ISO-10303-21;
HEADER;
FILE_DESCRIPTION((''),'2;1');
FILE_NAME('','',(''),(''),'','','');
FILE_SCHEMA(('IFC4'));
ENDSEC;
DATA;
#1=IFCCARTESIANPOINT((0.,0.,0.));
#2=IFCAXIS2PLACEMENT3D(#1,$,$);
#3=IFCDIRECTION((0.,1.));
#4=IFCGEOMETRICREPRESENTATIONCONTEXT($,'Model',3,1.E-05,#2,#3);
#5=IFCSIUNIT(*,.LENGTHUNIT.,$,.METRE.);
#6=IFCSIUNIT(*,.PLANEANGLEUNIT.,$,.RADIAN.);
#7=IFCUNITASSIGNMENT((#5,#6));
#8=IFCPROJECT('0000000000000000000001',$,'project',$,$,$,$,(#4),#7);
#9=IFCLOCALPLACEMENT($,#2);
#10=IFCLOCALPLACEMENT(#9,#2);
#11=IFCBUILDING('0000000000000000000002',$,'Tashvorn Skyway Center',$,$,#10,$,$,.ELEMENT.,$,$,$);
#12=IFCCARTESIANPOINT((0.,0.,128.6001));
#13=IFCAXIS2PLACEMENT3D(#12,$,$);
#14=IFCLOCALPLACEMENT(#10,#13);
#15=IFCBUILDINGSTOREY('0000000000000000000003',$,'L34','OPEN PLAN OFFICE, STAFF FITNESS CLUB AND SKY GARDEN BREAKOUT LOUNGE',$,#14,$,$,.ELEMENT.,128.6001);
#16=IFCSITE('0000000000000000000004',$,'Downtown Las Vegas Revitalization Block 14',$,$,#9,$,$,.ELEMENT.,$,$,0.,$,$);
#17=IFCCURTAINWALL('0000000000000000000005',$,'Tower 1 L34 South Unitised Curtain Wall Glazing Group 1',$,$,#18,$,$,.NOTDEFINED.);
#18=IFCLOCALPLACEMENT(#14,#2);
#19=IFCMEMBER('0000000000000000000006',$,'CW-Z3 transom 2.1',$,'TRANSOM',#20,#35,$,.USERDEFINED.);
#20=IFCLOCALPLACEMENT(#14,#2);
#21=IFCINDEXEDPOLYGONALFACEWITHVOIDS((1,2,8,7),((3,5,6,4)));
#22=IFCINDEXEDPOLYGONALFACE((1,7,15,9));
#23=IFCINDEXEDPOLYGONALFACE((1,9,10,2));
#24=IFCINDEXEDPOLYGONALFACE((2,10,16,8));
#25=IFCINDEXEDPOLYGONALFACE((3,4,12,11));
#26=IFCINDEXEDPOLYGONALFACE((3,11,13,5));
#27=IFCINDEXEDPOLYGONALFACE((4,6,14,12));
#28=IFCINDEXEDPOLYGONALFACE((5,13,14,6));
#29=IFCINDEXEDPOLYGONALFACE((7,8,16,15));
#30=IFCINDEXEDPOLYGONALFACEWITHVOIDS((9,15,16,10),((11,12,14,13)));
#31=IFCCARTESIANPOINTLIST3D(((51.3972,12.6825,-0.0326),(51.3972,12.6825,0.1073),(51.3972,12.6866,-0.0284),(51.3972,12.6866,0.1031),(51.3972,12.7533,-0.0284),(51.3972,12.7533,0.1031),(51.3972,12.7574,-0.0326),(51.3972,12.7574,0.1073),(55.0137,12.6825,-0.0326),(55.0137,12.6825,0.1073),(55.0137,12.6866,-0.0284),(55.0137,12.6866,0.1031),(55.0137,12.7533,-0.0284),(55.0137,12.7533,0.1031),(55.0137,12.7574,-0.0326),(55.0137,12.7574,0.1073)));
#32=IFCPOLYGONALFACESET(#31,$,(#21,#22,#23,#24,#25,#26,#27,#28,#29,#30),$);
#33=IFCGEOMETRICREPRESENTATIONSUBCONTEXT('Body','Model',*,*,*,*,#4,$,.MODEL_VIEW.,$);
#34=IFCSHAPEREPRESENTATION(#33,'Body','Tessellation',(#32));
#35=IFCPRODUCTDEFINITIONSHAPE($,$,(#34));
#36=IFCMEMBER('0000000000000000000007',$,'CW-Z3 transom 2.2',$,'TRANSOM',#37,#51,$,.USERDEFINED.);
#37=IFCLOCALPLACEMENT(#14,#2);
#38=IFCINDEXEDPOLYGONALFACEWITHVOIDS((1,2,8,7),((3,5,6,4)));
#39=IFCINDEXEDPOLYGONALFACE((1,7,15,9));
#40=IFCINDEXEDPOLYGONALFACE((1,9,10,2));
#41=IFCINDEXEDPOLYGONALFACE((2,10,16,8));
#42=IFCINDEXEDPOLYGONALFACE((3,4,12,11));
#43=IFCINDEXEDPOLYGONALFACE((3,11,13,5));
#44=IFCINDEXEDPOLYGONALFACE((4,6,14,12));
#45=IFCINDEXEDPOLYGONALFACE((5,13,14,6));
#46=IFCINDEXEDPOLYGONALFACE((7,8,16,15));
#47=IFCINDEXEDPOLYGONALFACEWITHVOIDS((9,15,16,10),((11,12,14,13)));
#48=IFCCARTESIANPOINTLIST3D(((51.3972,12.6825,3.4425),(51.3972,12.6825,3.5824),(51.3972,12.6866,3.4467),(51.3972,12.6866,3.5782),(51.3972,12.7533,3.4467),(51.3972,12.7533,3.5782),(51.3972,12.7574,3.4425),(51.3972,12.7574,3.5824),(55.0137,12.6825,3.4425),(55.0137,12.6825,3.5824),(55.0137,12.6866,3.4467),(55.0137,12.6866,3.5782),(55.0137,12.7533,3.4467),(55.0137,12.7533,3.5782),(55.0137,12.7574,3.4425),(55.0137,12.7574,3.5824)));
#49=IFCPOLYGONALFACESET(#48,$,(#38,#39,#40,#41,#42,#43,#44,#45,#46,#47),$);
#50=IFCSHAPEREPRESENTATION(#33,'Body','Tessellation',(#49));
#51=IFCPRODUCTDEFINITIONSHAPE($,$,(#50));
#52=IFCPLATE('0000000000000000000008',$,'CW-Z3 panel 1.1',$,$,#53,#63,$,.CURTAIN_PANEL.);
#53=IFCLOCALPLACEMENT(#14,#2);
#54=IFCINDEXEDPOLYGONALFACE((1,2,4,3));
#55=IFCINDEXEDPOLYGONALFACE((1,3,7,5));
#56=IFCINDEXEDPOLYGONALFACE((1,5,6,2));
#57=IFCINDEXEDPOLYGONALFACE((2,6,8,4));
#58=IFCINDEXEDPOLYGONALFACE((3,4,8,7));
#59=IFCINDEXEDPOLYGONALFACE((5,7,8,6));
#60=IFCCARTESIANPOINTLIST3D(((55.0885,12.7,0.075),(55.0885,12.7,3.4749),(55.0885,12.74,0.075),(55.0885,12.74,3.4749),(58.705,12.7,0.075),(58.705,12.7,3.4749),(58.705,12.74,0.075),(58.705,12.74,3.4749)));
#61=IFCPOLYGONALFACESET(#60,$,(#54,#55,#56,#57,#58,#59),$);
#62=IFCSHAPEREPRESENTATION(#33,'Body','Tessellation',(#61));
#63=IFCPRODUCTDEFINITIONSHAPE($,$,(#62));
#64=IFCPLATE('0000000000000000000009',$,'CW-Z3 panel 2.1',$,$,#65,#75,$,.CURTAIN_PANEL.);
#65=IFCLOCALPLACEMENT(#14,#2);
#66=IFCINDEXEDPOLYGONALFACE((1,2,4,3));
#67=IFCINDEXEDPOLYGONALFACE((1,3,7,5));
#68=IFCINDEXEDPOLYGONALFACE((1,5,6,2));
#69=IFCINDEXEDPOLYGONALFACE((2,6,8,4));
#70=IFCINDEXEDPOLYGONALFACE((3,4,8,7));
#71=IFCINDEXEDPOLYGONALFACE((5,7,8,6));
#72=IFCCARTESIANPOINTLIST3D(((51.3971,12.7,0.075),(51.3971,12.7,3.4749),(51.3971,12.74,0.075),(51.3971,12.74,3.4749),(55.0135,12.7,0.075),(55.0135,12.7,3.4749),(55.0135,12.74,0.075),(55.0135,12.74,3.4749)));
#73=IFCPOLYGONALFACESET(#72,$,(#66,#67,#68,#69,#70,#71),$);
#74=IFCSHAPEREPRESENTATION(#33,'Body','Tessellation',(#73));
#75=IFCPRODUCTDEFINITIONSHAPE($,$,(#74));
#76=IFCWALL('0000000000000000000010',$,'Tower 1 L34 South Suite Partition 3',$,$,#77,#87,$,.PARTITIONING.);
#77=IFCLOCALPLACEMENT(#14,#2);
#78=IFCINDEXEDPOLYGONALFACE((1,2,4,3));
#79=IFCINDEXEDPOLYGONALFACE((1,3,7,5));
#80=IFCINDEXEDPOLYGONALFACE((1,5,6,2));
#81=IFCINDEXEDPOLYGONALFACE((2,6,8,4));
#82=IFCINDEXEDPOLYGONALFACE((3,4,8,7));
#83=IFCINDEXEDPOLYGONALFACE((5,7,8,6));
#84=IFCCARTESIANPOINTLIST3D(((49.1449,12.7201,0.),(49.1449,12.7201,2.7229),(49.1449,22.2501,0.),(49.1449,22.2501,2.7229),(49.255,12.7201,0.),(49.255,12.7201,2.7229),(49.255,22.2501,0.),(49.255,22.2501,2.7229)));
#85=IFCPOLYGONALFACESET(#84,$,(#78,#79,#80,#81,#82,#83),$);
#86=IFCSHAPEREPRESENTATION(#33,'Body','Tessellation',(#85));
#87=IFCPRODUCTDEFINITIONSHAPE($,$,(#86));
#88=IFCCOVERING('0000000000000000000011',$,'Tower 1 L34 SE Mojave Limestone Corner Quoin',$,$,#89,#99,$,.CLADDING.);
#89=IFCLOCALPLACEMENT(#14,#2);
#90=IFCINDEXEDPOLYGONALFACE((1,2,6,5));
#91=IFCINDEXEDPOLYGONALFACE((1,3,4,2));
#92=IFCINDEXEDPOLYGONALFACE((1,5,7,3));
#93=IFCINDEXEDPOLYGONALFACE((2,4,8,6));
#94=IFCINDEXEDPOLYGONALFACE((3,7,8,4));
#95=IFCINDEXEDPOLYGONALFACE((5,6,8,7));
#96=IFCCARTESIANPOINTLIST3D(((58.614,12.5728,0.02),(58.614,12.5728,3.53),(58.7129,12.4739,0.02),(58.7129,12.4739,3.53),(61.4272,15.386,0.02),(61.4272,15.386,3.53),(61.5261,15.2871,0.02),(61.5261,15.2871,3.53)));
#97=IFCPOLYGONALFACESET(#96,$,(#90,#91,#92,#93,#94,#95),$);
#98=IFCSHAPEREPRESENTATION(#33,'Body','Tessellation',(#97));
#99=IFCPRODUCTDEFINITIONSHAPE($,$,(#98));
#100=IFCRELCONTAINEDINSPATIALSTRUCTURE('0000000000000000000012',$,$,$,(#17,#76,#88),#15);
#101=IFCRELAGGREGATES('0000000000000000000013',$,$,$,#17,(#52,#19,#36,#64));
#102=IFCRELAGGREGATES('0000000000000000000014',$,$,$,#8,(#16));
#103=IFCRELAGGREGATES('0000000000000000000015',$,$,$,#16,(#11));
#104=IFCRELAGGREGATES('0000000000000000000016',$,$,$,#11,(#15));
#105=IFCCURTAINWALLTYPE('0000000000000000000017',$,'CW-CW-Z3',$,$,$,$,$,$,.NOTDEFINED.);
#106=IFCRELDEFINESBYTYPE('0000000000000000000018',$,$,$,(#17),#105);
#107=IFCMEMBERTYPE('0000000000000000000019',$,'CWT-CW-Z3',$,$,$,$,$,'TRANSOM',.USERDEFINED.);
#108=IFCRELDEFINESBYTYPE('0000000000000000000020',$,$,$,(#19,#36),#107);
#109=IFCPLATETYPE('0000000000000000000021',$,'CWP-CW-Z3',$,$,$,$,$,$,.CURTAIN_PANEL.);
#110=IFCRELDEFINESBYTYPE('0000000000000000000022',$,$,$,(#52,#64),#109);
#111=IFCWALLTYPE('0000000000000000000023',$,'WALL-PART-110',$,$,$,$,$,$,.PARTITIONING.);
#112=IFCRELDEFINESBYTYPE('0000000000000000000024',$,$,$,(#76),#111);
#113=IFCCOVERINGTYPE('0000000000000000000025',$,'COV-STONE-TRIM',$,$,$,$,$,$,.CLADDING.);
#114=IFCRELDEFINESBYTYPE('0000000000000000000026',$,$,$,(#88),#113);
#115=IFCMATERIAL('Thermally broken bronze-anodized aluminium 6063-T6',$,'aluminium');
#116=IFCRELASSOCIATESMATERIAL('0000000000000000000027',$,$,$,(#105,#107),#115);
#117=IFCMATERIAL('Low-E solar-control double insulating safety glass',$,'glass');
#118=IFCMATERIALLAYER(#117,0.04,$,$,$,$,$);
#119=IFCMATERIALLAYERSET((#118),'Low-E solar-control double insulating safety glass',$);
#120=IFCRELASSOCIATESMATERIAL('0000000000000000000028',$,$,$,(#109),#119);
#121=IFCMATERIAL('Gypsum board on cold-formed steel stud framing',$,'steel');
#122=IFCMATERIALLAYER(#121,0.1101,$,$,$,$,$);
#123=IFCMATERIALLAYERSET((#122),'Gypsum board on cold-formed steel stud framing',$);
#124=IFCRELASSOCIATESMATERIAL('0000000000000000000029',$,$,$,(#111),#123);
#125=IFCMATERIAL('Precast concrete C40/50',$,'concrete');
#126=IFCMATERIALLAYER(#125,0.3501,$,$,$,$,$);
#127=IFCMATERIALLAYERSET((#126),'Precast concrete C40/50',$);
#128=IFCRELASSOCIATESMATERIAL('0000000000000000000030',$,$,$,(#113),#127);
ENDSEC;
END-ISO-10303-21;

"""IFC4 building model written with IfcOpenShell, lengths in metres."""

from ifc_helpers import new_model, si_unit, direction, frame, frame_2d, origin, origin_2d, place, context, subcontext, project, spatial, rectangle, hollow_rectangle, extrude, material, layer, layer_set, material_profile, profile_set, type_object, element, aggregate, save


model = new_model("IFC4")

# Units and contexts
model_context = context("Model", 3, precision=1e-05, world=origin(), true_north=direction((0.0, 1.0)))
body_context = subcontext(model_context, "Body", "Model", "MODEL_VIEW")
ifc_project = project(units=[si_unit("LENGTHUNIT", "METRE"), si_unit("PLANEANGLEUNIT", "RADIAN")], contexts=[model_context])

# Site, building, storey
site_placement = place(None, origin())
site = spatial("IfcSite", under=ifc_project, at=site_placement, Name="Downtown Las Vegas Revitalization Block 14", CompositionType="ELEMENT", RefElevation=0.0)
building_placement = place(site_placement, origin())
building = spatial("IfcBuilding", under=site, at=building_placement, Name="Tashvorn Skyway Center", CompositionType="ELEMENT")
storey_placement = place(building_placement, frame((0.0, 0.0, 128.6001)))
storey = spatial("IfcBuildingStorey", under=building, at=storey_placement, Name="L34", Description="OPEN PLAN OFFICE, STAFF FITNESS CLUB AND SKY GARDEN BREAKOUT LOUNGE", CompositionType="ELEMENT", Elevation=128.6001)

# Curtain wall
ifc_material_1 = material(Name="Thermally broken bronze-anodized aluminium 6063-T6", Category="aluminium")
curtain_wall_type = type_object("IfcCurtainWallType", Name="CW-CW-Z3", PredefinedType="NOTDEFINED", material=ifc_material_1)
curtain_wall_1_placement = place(storey_placement, origin())
curtain_wall_1 = element("IfcCurtainWall", 1, at=curtain_wall_1_placement, inside=storey, type_object=curtain_wall_type, Name="Tower 1 L34 South Unitised Curtain Wall Glazing Group 1", PredefinedType="NOTDEFINED")

# Members
ifc_material_profile_1 = material_profile(ifc_material_1, hollow_rectangle(XDim=0.075, YDim=0.1399, WallThickness=0.0042, at=origin_2d()), Name="ALU-TRAN-75x140")
ifc_profile_set_1 = profile_set([ifc_material_profile_1], Name="Thermally broken bronze-anodized aluminium 6063-T6")
member_type_1 = type_object("IfcMemberType", Name="CWT-CW-Z3", ElementType="TRANSOM", PredefinedType="USERDEFINED", material=ifc_profile_set_1)
member_1_placement = place(storey_placement, frame((55.0137, 12.72, 0.0374), z_axis=(-1.0, 0.0, 0.0), x_axis=(0.0, -1.0, 0.0)))
member_1 = element("IfcMember", 2, at=member_1_placement, type_object=member_type_1, Name="CW-Z3 transom 2.1", ObjectType="TRANSOM", PredefinedType="USERDEFINED", context=body_context, shape_type="SweptSolid", body=[
    extrude(hollow_rectangle(XDim=0.075, YDim=0.1399, WallThickness=0.0042, at=origin_2d()), origin(), (0.0, 0.0, 1.0), 3.6165),
])
member_2_placement = place(storey_placement, frame((55.0137, 12.72, 3.5125), z_axis=(-1.0, 0.0, 0.0), x_axis=(0.0, -1.0, 0.0)))
member_2 = element("IfcMember", 3, at=member_2_placement, type_object=member_type_1, Name="CW-Z3 transom 2.2", ObjectType="TRANSOM", PredefinedType="USERDEFINED", context=body_context, shape_type="SweptSolid", body=[
    extrude(hollow_rectangle(XDim=0.075, YDim=0.1399, WallThickness=0.0042, at=origin_2d()), origin(), (0.0, 0.0, 1.0), 3.6165),
])

# Plates
ifc_material_2 = material(Name="Low-E solar-control double insulating safety glass", Category="glass")
ifc_layer_1 = layer(ifc_material_2, 0.04)
ifc_layer_set_1 = layer_set([ifc_layer_1], Name="Low-E solar-control double insulating safety glass")
plate_type = type_object("IfcPlateType", Name="CWP-CW-Z3", PredefinedType="CURTAIN_PANEL", material=ifc_layer_set_1)
plate_1_placement = place(storey_placement, frame((56.8967, 12.72, 0.075), z_axis=(0.0, 0.0, 1.0), x_axis=(-1.0, 0.0, 0.0)))
plate_1 = element("IfcPlate", 4, at=plate_1_placement, type_object=plate_type, Name="CW-Z3 panel 1.1", PredefinedType="CURTAIN_PANEL", context=body_context, shape_type="SweptSolid", body=[
    extrude(rectangle(XDim=3.6165, YDim=0.04, at=origin_2d()), origin(), (0.0, 0.0, 1.0), 3.3999),
])
plate_2_placement = place(storey_placement, frame((53.2053, 12.72, 0.075), z_axis=(0.0, 0.0, 1.0), x_axis=(-1.0, 0.0, 0.0)))
plate_2 = element("IfcPlate", 5, at=plate_2_placement, type_object=plate_type, Name="CW-Z3 panel 2.1", PredefinedType="CURTAIN_PANEL", context=body_context, shape_type="SweptSolid", body=[
    extrude(rectangle(XDim=3.6165, YDim=0.04, at=origin_2d()), origin(), (0.0, 0.0, 1.0), 3.3999),
])
aggregate(curtain_wall_1, [plate_1, member_1, member_2, plate_2])

# Wall
ifc_material_3 = material(Name="Gypsum board on cold-formed steel stud framing", Category="steel")
ifc_layer_2 = layer(ifc_material_3, 0.1101)
ifc_layer_set_2 = layer_set([ifc_layer_2], Name="Gypsum board on cold-formed steel stud framing")
wall_type = type_object("IfcWallType", Name="WALL-PART-110", PredefinedType="PARTITIONING", material=ifc_layer_set_2)
wall_placement = place(storey_placement, frame((49.2, 12.72, 0.0), z_axis=(0.0, 0.0, 1.0), x_axis=(0.0, 1.0, 0.0)))
element("IfcWall", 6, at=wall_placement, inside=storey, type_object=wall_type, Name="Tower 1 L34 South Suite Partition 3", PredefinedType="PARTITIONING", context=body_context, shape_type="SweptSolid", body=[
    extrude(rectangle(XDim=9.53, YDim=0.1101, at=frame_2d((4.7651, 0.0))), origin(), (0.0, 0.0, 1.0), 2.7229),
])

# Covering
ifc_material_4 = material(Name="Precast concrete C40/50", Category="concrete")
ifc_layer_3 = layer(ifc_material_4, 0.3501)
ifc_layer_set_3 = layer_set([ifc_layer_3], Name="Precast concrete C40/50")
covering_type = type_object("IfcCoveringType", Name="COV-STONE-TRIM", PredefinedType="CLADDING", material=ifc_layer_set_3)
covering_placement = place(storey_placement, frame((60.0701, 13.9299, 0.02), z_axis=(0.0, 0.0, 1.0), x_axis=(0.707107, 0.707107, 0.0)))
element("IfcCovering", 7, at=covering_placement, inside=storey, type_object=covering_type, Name="Tower 1 L34 SE Mojave Limestone Corner Quoin", PredefinedType="CLADDING", context=body_context, shape_type="SweptSolid", body=[
    extrude(rectangle(XDim=3.9785, YDim=0.1399, at=origin_2d()), origin(), (0.0, 0.0, 1.0), 3.51),
])

save(model, "model.ifc")
